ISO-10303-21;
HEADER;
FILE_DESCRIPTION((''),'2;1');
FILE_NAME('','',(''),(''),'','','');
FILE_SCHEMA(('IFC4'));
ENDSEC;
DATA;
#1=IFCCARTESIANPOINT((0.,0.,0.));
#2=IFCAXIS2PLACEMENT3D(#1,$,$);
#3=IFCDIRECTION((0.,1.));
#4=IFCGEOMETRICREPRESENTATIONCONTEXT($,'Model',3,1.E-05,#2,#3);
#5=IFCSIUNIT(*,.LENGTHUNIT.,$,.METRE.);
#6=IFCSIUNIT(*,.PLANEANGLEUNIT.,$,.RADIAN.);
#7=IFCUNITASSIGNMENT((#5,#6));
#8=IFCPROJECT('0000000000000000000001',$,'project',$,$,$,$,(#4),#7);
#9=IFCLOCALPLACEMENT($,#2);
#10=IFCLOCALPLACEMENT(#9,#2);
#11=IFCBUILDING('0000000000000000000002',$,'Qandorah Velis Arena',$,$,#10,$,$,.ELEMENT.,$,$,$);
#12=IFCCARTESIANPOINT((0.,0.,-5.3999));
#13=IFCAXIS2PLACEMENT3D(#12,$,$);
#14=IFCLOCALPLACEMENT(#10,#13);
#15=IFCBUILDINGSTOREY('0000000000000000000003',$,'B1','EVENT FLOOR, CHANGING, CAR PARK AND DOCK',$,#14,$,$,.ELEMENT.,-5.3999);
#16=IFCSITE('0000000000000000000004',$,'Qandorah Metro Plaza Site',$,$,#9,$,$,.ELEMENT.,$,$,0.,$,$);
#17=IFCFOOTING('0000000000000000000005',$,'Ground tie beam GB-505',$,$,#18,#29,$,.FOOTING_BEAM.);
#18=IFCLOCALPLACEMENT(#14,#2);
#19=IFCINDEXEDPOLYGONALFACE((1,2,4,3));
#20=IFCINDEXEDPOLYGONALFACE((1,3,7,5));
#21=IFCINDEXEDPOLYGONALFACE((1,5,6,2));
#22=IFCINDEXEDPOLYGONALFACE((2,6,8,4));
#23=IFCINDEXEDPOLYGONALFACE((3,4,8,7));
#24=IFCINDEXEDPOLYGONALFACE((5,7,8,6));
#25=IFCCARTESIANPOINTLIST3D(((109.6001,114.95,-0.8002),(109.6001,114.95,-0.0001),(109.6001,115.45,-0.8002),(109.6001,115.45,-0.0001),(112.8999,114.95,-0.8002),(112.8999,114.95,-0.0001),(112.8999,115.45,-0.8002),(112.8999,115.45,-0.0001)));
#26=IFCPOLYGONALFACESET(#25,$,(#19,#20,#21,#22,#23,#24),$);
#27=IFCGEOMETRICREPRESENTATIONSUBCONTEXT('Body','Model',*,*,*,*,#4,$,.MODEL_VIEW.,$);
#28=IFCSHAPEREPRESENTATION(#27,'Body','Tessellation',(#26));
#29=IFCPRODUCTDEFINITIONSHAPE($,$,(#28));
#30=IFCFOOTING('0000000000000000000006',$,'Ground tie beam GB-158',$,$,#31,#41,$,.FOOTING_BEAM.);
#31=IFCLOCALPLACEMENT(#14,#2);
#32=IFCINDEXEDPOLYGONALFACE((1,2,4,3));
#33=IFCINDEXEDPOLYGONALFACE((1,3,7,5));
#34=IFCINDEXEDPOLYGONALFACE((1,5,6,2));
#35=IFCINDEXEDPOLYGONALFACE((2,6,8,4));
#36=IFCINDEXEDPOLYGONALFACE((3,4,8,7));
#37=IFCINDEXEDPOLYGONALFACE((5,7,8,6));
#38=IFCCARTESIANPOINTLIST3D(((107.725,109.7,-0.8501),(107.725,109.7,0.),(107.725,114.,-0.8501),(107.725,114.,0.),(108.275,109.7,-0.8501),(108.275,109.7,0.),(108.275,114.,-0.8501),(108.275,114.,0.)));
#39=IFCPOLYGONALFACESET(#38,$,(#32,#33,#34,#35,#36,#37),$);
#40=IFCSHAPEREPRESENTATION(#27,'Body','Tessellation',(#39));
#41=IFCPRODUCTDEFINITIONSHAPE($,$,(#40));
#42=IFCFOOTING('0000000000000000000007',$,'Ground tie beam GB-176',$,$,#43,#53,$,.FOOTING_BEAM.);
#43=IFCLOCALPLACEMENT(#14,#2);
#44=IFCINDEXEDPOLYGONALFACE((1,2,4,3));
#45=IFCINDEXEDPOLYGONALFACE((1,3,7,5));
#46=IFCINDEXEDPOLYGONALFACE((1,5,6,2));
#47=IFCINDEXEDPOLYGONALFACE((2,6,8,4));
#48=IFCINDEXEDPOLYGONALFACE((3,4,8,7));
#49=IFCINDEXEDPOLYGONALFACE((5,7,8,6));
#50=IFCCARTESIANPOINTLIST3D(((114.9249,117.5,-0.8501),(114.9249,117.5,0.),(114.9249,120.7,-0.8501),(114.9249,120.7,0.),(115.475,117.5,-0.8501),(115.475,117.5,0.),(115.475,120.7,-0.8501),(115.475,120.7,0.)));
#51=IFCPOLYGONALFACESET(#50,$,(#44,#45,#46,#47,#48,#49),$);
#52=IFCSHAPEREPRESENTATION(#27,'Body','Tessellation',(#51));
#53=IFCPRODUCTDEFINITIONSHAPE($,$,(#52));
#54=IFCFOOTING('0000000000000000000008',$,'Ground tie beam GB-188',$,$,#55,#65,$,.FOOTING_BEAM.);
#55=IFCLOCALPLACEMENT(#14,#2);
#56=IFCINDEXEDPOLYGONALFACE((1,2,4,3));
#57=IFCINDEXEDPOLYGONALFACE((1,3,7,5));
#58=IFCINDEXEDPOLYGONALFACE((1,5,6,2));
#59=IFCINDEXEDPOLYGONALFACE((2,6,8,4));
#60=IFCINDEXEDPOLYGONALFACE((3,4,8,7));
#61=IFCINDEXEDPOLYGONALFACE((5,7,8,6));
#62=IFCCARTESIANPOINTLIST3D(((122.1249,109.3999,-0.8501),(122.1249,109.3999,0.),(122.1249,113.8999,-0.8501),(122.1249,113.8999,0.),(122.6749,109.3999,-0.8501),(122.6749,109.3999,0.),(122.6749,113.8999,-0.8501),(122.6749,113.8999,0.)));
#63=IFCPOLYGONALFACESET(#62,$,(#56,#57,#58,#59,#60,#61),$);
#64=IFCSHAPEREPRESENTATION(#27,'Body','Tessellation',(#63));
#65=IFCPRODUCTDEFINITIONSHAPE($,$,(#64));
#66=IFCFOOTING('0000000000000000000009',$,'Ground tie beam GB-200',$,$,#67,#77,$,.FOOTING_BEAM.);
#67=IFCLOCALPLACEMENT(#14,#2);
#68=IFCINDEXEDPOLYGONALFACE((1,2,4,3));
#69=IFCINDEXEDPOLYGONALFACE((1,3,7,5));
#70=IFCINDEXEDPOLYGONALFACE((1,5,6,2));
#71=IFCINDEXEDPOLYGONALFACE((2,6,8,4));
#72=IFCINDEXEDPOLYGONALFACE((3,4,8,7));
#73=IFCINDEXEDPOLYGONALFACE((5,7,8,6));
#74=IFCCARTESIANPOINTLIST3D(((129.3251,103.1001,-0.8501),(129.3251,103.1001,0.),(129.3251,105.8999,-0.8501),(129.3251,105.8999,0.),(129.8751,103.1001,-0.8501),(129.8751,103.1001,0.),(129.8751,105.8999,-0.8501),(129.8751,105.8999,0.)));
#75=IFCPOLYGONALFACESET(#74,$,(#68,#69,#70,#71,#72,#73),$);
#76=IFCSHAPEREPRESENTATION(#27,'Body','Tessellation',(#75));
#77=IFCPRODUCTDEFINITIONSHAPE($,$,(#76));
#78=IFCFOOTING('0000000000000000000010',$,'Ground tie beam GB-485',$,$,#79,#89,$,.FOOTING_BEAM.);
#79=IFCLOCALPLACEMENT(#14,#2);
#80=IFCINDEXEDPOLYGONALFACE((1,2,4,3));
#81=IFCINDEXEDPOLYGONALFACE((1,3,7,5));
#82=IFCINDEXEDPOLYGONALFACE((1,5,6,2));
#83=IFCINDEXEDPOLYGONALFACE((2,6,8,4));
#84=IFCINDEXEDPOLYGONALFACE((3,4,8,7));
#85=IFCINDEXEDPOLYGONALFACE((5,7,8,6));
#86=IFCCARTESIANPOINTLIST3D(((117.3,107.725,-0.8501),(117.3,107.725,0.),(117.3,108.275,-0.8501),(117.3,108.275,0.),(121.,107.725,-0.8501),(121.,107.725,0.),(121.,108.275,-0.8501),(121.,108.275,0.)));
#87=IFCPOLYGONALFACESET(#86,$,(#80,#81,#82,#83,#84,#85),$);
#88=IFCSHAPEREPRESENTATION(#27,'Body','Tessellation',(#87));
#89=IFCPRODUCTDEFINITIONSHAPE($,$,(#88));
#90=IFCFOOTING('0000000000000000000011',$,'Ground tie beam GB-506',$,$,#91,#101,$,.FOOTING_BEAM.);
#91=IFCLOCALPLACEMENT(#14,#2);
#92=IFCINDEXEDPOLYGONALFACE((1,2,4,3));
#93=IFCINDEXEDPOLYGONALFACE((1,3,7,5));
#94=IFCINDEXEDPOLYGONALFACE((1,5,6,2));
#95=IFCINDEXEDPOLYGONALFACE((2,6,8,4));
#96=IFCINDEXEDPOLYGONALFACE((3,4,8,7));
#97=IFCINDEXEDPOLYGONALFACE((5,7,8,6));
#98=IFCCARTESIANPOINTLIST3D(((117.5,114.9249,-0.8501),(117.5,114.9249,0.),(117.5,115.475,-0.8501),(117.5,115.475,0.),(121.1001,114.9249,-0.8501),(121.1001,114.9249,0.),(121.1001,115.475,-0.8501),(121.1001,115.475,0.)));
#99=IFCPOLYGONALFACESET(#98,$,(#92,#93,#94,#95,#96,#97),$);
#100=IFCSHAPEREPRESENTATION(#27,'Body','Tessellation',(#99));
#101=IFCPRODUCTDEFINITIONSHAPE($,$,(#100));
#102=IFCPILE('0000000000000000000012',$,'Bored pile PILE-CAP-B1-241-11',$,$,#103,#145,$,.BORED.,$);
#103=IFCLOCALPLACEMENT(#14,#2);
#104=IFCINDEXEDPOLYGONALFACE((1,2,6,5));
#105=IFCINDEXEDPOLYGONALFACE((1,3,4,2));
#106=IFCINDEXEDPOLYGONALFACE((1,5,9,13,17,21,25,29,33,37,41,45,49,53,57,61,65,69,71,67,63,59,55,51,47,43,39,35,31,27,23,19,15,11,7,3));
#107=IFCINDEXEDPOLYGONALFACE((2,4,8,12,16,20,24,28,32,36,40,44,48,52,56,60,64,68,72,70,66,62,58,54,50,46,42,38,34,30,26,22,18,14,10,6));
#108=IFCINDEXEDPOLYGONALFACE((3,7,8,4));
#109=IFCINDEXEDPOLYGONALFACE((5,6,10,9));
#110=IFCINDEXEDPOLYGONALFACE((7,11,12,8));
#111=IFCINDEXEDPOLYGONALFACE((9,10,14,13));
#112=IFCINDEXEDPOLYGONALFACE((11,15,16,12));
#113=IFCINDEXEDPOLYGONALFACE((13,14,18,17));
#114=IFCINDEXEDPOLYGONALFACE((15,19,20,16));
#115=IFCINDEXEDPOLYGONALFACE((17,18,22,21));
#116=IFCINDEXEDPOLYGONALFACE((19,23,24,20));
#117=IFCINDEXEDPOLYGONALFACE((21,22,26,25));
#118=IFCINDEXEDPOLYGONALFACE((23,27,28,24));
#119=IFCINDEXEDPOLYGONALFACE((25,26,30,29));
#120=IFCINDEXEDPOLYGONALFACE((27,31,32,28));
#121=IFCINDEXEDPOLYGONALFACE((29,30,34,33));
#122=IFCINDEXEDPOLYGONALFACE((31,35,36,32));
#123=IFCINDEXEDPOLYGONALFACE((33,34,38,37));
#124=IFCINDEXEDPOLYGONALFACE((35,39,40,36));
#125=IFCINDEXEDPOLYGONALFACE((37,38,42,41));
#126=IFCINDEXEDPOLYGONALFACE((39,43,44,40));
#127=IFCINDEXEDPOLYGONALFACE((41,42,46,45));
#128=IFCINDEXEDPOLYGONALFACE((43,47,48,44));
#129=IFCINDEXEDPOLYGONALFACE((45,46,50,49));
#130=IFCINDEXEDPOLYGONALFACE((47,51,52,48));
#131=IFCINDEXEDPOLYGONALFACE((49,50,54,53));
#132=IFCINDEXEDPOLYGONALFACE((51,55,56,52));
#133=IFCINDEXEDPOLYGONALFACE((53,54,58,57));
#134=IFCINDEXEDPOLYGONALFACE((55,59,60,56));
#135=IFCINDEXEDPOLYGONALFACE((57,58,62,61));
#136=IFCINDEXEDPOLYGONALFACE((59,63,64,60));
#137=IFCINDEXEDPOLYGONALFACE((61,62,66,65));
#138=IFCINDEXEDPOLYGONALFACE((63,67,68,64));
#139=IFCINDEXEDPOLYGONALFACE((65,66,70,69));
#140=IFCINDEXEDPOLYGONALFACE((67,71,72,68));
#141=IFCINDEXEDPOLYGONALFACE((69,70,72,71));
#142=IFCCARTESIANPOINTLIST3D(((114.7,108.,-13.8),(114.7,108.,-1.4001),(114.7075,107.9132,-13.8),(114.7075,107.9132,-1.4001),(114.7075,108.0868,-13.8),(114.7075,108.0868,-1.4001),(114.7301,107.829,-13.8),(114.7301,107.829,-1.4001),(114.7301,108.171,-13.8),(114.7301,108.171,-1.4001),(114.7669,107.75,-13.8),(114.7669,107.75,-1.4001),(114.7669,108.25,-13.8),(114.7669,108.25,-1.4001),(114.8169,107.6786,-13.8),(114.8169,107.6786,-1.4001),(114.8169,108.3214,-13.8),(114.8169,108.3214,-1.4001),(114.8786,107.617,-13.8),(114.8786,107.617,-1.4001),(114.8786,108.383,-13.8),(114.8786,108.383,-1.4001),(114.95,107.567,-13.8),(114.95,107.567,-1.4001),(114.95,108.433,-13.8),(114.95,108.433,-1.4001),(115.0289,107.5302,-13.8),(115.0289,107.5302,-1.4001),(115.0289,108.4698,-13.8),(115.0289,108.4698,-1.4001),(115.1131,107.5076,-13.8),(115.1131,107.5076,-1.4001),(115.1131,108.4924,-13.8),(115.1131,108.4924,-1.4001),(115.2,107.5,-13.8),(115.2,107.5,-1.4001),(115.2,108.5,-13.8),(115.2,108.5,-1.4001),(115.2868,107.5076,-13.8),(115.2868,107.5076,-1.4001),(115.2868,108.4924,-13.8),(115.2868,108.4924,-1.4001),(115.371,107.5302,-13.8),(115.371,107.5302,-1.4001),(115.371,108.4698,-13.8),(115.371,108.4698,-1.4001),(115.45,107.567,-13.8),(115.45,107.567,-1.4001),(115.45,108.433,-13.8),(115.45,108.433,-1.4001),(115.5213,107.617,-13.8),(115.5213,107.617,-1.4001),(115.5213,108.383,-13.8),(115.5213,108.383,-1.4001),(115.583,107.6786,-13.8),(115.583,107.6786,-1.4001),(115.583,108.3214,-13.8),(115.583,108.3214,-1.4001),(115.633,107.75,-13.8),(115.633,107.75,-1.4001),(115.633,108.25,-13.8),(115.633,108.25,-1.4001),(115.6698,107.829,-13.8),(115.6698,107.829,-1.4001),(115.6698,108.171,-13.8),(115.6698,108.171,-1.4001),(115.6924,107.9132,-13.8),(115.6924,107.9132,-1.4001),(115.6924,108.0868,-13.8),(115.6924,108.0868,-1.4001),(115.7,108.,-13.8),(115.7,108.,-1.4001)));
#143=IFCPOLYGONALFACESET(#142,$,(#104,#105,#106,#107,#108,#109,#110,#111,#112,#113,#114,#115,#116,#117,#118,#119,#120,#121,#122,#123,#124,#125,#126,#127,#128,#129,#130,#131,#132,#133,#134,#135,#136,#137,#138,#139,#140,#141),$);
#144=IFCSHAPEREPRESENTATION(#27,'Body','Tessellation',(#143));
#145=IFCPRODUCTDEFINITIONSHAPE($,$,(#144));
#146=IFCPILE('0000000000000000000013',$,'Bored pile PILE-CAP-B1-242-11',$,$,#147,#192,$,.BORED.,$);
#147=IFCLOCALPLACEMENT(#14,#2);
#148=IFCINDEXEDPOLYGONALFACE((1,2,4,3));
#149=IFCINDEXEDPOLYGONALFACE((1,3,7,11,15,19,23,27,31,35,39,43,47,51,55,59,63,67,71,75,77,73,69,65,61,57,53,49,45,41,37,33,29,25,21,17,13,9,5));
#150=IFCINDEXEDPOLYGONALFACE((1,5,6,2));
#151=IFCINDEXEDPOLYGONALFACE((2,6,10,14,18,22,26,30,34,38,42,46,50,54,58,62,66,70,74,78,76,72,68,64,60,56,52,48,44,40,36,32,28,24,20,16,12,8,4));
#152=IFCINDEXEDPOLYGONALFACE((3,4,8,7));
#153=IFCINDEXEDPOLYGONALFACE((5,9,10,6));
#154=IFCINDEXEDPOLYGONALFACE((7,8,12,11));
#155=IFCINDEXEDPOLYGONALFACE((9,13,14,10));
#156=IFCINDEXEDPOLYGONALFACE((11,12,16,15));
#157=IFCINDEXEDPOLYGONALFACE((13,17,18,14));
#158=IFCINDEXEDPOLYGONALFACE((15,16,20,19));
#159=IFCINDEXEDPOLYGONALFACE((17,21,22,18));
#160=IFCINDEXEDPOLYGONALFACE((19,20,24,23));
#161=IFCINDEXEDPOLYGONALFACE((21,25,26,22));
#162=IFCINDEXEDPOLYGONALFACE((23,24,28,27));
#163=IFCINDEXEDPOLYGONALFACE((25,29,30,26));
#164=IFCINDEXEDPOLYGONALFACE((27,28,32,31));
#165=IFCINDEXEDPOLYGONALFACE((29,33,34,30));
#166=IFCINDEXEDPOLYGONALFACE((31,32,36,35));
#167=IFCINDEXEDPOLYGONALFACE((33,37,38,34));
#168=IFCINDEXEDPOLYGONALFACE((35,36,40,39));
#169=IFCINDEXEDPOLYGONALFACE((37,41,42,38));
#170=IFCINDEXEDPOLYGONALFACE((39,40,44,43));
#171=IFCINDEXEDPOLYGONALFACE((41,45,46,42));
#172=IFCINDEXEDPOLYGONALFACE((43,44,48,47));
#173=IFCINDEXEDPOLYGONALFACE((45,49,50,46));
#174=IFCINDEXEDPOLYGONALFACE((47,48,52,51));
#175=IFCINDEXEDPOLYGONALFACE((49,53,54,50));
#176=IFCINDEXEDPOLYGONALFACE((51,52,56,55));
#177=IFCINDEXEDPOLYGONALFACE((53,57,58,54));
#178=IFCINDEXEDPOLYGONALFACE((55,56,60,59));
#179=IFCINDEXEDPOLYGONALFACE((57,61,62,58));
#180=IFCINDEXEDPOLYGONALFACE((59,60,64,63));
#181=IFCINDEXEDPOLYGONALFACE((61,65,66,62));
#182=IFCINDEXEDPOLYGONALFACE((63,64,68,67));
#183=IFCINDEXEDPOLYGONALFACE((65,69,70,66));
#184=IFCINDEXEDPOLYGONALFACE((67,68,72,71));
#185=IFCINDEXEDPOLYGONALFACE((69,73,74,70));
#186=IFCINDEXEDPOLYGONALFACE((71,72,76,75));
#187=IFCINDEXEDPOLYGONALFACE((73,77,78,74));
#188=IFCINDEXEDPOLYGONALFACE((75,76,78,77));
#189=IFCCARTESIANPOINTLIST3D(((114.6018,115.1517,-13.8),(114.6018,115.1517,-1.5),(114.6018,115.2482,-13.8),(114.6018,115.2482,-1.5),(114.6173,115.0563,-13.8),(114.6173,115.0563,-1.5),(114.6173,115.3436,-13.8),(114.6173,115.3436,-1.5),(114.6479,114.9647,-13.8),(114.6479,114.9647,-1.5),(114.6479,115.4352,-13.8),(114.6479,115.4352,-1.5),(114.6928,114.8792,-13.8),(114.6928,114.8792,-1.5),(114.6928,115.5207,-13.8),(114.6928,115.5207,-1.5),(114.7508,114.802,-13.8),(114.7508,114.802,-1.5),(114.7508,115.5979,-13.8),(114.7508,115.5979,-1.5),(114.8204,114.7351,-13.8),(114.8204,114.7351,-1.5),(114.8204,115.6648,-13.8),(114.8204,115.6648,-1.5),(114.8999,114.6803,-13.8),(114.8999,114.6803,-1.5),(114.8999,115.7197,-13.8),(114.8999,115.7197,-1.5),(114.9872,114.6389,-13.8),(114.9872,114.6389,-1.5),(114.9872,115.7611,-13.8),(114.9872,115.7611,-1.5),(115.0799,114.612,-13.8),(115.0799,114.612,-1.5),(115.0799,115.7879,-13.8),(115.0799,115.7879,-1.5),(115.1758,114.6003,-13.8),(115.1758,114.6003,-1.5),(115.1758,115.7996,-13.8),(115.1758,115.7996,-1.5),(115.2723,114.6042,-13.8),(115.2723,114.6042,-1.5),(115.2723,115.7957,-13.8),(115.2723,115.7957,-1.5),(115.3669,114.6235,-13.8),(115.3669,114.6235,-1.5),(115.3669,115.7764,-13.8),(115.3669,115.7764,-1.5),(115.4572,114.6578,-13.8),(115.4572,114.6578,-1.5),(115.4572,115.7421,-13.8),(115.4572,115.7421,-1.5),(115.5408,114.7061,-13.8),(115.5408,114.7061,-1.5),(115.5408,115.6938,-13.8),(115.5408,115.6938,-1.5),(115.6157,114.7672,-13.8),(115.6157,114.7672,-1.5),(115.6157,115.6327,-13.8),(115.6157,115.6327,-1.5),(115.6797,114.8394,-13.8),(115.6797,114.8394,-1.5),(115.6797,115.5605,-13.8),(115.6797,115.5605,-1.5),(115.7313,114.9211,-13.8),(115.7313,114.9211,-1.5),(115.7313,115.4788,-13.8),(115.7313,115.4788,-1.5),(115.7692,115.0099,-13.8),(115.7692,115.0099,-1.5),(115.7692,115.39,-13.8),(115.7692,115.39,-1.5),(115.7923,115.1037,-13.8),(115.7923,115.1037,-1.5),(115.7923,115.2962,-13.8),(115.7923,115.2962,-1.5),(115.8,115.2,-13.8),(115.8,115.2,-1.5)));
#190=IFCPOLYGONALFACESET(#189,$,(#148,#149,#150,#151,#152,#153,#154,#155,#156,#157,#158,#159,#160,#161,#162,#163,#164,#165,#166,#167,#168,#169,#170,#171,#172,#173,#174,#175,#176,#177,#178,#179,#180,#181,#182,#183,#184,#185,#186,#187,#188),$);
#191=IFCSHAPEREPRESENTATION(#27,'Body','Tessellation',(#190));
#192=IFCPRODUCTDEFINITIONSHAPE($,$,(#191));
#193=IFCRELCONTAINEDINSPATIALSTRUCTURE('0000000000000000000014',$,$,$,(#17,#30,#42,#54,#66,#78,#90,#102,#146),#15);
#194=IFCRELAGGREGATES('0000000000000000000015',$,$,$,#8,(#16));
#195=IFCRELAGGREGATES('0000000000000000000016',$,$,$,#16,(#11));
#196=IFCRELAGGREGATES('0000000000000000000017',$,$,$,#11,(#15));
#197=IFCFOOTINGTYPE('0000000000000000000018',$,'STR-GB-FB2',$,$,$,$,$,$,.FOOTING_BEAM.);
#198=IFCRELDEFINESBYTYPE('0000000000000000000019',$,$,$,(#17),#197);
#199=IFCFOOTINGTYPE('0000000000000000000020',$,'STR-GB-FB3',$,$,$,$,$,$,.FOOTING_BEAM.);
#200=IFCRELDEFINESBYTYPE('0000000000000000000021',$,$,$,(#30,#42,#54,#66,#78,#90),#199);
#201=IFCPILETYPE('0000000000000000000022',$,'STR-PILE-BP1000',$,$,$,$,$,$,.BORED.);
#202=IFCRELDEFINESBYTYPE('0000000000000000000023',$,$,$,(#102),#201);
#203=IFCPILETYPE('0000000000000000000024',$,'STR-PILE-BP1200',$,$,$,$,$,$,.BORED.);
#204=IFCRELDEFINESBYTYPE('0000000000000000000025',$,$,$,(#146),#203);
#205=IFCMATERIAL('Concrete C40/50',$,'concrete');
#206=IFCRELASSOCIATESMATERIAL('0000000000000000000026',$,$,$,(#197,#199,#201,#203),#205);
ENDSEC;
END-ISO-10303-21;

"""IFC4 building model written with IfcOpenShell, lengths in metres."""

from ifc_helpers import new_model, si_unit, direction, frame, origin, origin_2d, place, context, subcontext, project, spatial, rectangle, circle, extrude, material, material_profile, profile_set, type_object, element, save


model = new_model("IFC4")

# Units and contexts
model_context = context("Model", 3, precision=1e-05, world=origin(), true_north=direction((0.0, 1.0)))
body_context = subcontext(model_context, "Body", "Model", "MODEL_VIEW")
ifc_project = project(units=[si_unit("LENGTHUNIT", "METRE"), si_unit("PLANEANGLEUNIT", "RADIAN")], contexts=[model_context])

# Site, building, storey
site_placement = place(None, origin())
site = spatial("IfcSite", under=ifc_project, at=site_placement, Name="Qandorah Metro Plaza Site", CompositionType="ELEMENT", RefElevation=0.0)
building_placement = place(site_placement, origin())
building = spatial("IfcBuilding", under=site, at=building_placement, Name="Qandorah Velis Arena", CompositionType="ELEMENT")
storey_placement = place(building_placement, frame((0.0, 0.0, -5.3999)))
storey = spatial("IfcBuildingStorey", under=building, at=storey_placement, Name="B1", Description="EVENT FLOOR, CHANGING, CAR PARK AND DOCK", CompositionType="ELEMENT", Elevation=-5.3999)

# Footings
ifc_material_1 = material(Name="Concrete C40/50", Category="concrete")
ifc_material_profile_1 = material_profile(ifc_material_1, rectangle(XDim=0.5, YDim=0.8, at=origin_2d()), Name="GB2 500x800")
ifc_profile_set_1 = profile_set([ifc_material_profile_1], Name="Concrete C40/50")
footing_type_1 = type_object("IfcFootingType", Name="STR-GB-FB2", PredefinedType="FOOTING_BEAM", material=ifc_profile_set_1)
footing_1_placement = place(storey_placement, frame((109.6001, 115.2, -0.4001), z_axis=(1.0, 0.0, 0.0), x_axis=(0.0, 1.0, 0.0)))
element("IfcFooting", 1, at=footing_1_placement, inside=storey, type_object=footing_type_1, Name="Ground tie beam GB-505", PredefinedType="FOOTING_BEAM", context=body_context, shape_type="SweptSolid", body=[
    extrude(rectangle(XDim=0.5, YDim=0.8, at=origin_2d()), origin(), (0.0, 0.0, 1.0), 3.2998),
])
ifc_material_profile_2 = material_profile(ifc_material_1, rectangle(XDim=0.55, YDim=0.8501, at=origin_2d()), Name="GB3 550x850")
ifc_profile_set_2 = profile_set([ifc_material_profile_2], Name="Concrete C40/50")
footing_type_2 = type_object("IfcFootingType", Name="STR-GB-FB3", PredefinedType="FOOTING_BEAM", material=ifc_profile_set_2)
footing_2_placement = place(storey_placement, frame((108.0, 109.7, -0.425), z_axis=(0.0, 1.0, 0.0), x_axis=(-1.0, 0.0, 0.0)))
element("IfcFooting", 2, at=footing_2_placement, inside=storey, type_object=footing_type_2, Name="Ground tie beam GB-158", PredefinedType="FOOTING_BEAM", context=body_context, shape_type="SweptSolid", body=[
    extrude(rectangle(XDim=0.55, YDim=0.8501, at=origin_2d()), origin(), (0.0, 0.0, 1.0), 4.3),
])
footing_3_placement = place(storey_placement, frame((115.2, 117.5, -0.425), z_axis=(0.0, 1.0, 0.0), x_axis=(-1.0, 0.0, 0.0)))
element("IfcFooting", 3, at=footing_3_placement, inside=storey, type_object=footing_type_2, Name="Ground tie beam GB-176", PredefinedType="FOOTING_BEAM", context=body_context, shape_type="SweptSolid", body=[
    extrude(rectangle(XDim=0.55, YDim=0.8501, at=origin_2d()), origin(), (0.0, 0.0, 1.0), 3.2),
])
footing_4_placement = place(storey_placement, frame((122.3999, 109.3999, -0.425), z_axis=(0.0, 1.0, 0.0), x_axis=(-1.0, 0.0, 0.0)))
element("IfcFooting", 4, at=footing_4_placement, inside=storey, type_object=footing_type_2, Name="Ground tie beam GB-188", PredefinedType="FOOTING_BEAM", context=body_context, shape_type="SweptSolid", body=[
    extrude(rectangle(XDim=0.55, YDim=0.8501, at=origin_2d()), origin(), (0.0, 0.0, 1.0), 4.5),
])
footing_5_placement = place(storey_placement, frame((129.6001, 103.1001, -0.425), z_axis=(0.0, 1.0, 0.0), x_axis=(-1.0, 0.0, 0.0)))
element("IfcFooting", 5, at=footing_5_placement, inside=storey, type_object=footing_type_2, Name="Ground tie beam GB-200", PredefinedType="FOOTING_BEAM", context=body_context, shape_type="SweptSolid", body=[
    extrude(rectangle(XDim=0.55, YDim=0.8501, at=origin_2d()), origin(), (0.0, 0.0, 1.0), 2.7998),
])
footing_6_placement = place(storey_placement, frame((117.3, 108.0, -0.425), z_axis=(1.0, 0.0, 0.0), x_axis=(0.0, 1.0, 0.0)))
element("IfcFooting", 6, at=footing_6_placement, inside=storey, type_object=footing_type_2, Name="Ground tie beam GB-485", PredefinedType="FOOTING_BEAM", context=body_context, shape_type="SweptSolid", body=[
    extrude(rectangle(XDim=0.55, YDim=0.8501, at=origin_2d()), origin(), (0.0, 0.0, 1.0), 3.7),
])
footing_7_placement = place(storey_placement, frame((117.5, 115.2, -0.425), z_axis=(1.0, 0.0, 0.0), x_axis=(0.0, 1.0, 0.0)))
element("IfcFooting", 7, at=footing_7_placement, inside=storey, type_object=footing_type_2, Name="Ground tie beam GB-506", PredefinedType="FOOTING_BEAM", context=body_context, shape_type="SweptSolid", body=[
    extrude(rectangle(XDim=0.55, YDim=0.8501, at=origin_2d()), origin(), (0.0, 0.0, 1.0), 3.6001),
])

# Piles
ifc_material_profile_3 = material_profile(ifc_material_1, circle(Radius=0.5, at=origin_2d()), Name="BORED PILE D1000")
ifc_profile_set_3 = profile_set([ifc_material_profile_3], Name="Concrete C40/50")
pile_type_1 = type_object("IfcPileType", Name="STR-PILE-BP1000", PredefinedType="BORED", material=ifc_profile_set_3)
pile_1_placement = place(storey_placement, frame((115.2, 108.0, -1.4001), z_axis=(0.0, 0.0, -1.0), x_axis=(1.0, 0.0, 0.0)))
element("IfcPile", 8, at=pile_1_placement, inside=storey, type_object=pile_type_1, Name="Bored pile PILE-CAP-B1-241-11", PredefinedType="BORED", context=body_context, shape_type="SweptSolid", body=[
    extrude(circle(Radius=0.5, at=origin_2d()), origin(), (0.0, 0.0, 1.0), 12.3999),
])
ifc_material_profile_4 = material_profile(ifc_material_1, circle(Radius=0.6001, at=origin_2d()), Name="BORED PILE D1200")
ifc_profile_set_4 = profile_set([ifc_material_profile_4], Name="Concrete C40/50")
pile_type_2 = type_object("IfcPileType", Name="STR-PILE-BP1200", PredefinedType="BORED", material=ifc_profile_set_4)
pile_2_placement = place(storey_placement, frame((115.2, 115.2, -1.5), z_axis=(0.0, 0.0, -1.0), x_axis=(1.0, 0.0, 0.0)))
element("IfcPile", 9, at=pile_2_placement, inside=storey, type_object=pile_type_2, Name="Bored pile PILE-CAP-B1-242-11", PredefinedType="BORED", context=body_context, shape_type="SweptSolid", body=[
    extrude(circle(Radius=0.6001, at=origin_2d()), origin(), (0.0, 0.0, 1.0), 12.3),
])

save(model, "model.ifc")
